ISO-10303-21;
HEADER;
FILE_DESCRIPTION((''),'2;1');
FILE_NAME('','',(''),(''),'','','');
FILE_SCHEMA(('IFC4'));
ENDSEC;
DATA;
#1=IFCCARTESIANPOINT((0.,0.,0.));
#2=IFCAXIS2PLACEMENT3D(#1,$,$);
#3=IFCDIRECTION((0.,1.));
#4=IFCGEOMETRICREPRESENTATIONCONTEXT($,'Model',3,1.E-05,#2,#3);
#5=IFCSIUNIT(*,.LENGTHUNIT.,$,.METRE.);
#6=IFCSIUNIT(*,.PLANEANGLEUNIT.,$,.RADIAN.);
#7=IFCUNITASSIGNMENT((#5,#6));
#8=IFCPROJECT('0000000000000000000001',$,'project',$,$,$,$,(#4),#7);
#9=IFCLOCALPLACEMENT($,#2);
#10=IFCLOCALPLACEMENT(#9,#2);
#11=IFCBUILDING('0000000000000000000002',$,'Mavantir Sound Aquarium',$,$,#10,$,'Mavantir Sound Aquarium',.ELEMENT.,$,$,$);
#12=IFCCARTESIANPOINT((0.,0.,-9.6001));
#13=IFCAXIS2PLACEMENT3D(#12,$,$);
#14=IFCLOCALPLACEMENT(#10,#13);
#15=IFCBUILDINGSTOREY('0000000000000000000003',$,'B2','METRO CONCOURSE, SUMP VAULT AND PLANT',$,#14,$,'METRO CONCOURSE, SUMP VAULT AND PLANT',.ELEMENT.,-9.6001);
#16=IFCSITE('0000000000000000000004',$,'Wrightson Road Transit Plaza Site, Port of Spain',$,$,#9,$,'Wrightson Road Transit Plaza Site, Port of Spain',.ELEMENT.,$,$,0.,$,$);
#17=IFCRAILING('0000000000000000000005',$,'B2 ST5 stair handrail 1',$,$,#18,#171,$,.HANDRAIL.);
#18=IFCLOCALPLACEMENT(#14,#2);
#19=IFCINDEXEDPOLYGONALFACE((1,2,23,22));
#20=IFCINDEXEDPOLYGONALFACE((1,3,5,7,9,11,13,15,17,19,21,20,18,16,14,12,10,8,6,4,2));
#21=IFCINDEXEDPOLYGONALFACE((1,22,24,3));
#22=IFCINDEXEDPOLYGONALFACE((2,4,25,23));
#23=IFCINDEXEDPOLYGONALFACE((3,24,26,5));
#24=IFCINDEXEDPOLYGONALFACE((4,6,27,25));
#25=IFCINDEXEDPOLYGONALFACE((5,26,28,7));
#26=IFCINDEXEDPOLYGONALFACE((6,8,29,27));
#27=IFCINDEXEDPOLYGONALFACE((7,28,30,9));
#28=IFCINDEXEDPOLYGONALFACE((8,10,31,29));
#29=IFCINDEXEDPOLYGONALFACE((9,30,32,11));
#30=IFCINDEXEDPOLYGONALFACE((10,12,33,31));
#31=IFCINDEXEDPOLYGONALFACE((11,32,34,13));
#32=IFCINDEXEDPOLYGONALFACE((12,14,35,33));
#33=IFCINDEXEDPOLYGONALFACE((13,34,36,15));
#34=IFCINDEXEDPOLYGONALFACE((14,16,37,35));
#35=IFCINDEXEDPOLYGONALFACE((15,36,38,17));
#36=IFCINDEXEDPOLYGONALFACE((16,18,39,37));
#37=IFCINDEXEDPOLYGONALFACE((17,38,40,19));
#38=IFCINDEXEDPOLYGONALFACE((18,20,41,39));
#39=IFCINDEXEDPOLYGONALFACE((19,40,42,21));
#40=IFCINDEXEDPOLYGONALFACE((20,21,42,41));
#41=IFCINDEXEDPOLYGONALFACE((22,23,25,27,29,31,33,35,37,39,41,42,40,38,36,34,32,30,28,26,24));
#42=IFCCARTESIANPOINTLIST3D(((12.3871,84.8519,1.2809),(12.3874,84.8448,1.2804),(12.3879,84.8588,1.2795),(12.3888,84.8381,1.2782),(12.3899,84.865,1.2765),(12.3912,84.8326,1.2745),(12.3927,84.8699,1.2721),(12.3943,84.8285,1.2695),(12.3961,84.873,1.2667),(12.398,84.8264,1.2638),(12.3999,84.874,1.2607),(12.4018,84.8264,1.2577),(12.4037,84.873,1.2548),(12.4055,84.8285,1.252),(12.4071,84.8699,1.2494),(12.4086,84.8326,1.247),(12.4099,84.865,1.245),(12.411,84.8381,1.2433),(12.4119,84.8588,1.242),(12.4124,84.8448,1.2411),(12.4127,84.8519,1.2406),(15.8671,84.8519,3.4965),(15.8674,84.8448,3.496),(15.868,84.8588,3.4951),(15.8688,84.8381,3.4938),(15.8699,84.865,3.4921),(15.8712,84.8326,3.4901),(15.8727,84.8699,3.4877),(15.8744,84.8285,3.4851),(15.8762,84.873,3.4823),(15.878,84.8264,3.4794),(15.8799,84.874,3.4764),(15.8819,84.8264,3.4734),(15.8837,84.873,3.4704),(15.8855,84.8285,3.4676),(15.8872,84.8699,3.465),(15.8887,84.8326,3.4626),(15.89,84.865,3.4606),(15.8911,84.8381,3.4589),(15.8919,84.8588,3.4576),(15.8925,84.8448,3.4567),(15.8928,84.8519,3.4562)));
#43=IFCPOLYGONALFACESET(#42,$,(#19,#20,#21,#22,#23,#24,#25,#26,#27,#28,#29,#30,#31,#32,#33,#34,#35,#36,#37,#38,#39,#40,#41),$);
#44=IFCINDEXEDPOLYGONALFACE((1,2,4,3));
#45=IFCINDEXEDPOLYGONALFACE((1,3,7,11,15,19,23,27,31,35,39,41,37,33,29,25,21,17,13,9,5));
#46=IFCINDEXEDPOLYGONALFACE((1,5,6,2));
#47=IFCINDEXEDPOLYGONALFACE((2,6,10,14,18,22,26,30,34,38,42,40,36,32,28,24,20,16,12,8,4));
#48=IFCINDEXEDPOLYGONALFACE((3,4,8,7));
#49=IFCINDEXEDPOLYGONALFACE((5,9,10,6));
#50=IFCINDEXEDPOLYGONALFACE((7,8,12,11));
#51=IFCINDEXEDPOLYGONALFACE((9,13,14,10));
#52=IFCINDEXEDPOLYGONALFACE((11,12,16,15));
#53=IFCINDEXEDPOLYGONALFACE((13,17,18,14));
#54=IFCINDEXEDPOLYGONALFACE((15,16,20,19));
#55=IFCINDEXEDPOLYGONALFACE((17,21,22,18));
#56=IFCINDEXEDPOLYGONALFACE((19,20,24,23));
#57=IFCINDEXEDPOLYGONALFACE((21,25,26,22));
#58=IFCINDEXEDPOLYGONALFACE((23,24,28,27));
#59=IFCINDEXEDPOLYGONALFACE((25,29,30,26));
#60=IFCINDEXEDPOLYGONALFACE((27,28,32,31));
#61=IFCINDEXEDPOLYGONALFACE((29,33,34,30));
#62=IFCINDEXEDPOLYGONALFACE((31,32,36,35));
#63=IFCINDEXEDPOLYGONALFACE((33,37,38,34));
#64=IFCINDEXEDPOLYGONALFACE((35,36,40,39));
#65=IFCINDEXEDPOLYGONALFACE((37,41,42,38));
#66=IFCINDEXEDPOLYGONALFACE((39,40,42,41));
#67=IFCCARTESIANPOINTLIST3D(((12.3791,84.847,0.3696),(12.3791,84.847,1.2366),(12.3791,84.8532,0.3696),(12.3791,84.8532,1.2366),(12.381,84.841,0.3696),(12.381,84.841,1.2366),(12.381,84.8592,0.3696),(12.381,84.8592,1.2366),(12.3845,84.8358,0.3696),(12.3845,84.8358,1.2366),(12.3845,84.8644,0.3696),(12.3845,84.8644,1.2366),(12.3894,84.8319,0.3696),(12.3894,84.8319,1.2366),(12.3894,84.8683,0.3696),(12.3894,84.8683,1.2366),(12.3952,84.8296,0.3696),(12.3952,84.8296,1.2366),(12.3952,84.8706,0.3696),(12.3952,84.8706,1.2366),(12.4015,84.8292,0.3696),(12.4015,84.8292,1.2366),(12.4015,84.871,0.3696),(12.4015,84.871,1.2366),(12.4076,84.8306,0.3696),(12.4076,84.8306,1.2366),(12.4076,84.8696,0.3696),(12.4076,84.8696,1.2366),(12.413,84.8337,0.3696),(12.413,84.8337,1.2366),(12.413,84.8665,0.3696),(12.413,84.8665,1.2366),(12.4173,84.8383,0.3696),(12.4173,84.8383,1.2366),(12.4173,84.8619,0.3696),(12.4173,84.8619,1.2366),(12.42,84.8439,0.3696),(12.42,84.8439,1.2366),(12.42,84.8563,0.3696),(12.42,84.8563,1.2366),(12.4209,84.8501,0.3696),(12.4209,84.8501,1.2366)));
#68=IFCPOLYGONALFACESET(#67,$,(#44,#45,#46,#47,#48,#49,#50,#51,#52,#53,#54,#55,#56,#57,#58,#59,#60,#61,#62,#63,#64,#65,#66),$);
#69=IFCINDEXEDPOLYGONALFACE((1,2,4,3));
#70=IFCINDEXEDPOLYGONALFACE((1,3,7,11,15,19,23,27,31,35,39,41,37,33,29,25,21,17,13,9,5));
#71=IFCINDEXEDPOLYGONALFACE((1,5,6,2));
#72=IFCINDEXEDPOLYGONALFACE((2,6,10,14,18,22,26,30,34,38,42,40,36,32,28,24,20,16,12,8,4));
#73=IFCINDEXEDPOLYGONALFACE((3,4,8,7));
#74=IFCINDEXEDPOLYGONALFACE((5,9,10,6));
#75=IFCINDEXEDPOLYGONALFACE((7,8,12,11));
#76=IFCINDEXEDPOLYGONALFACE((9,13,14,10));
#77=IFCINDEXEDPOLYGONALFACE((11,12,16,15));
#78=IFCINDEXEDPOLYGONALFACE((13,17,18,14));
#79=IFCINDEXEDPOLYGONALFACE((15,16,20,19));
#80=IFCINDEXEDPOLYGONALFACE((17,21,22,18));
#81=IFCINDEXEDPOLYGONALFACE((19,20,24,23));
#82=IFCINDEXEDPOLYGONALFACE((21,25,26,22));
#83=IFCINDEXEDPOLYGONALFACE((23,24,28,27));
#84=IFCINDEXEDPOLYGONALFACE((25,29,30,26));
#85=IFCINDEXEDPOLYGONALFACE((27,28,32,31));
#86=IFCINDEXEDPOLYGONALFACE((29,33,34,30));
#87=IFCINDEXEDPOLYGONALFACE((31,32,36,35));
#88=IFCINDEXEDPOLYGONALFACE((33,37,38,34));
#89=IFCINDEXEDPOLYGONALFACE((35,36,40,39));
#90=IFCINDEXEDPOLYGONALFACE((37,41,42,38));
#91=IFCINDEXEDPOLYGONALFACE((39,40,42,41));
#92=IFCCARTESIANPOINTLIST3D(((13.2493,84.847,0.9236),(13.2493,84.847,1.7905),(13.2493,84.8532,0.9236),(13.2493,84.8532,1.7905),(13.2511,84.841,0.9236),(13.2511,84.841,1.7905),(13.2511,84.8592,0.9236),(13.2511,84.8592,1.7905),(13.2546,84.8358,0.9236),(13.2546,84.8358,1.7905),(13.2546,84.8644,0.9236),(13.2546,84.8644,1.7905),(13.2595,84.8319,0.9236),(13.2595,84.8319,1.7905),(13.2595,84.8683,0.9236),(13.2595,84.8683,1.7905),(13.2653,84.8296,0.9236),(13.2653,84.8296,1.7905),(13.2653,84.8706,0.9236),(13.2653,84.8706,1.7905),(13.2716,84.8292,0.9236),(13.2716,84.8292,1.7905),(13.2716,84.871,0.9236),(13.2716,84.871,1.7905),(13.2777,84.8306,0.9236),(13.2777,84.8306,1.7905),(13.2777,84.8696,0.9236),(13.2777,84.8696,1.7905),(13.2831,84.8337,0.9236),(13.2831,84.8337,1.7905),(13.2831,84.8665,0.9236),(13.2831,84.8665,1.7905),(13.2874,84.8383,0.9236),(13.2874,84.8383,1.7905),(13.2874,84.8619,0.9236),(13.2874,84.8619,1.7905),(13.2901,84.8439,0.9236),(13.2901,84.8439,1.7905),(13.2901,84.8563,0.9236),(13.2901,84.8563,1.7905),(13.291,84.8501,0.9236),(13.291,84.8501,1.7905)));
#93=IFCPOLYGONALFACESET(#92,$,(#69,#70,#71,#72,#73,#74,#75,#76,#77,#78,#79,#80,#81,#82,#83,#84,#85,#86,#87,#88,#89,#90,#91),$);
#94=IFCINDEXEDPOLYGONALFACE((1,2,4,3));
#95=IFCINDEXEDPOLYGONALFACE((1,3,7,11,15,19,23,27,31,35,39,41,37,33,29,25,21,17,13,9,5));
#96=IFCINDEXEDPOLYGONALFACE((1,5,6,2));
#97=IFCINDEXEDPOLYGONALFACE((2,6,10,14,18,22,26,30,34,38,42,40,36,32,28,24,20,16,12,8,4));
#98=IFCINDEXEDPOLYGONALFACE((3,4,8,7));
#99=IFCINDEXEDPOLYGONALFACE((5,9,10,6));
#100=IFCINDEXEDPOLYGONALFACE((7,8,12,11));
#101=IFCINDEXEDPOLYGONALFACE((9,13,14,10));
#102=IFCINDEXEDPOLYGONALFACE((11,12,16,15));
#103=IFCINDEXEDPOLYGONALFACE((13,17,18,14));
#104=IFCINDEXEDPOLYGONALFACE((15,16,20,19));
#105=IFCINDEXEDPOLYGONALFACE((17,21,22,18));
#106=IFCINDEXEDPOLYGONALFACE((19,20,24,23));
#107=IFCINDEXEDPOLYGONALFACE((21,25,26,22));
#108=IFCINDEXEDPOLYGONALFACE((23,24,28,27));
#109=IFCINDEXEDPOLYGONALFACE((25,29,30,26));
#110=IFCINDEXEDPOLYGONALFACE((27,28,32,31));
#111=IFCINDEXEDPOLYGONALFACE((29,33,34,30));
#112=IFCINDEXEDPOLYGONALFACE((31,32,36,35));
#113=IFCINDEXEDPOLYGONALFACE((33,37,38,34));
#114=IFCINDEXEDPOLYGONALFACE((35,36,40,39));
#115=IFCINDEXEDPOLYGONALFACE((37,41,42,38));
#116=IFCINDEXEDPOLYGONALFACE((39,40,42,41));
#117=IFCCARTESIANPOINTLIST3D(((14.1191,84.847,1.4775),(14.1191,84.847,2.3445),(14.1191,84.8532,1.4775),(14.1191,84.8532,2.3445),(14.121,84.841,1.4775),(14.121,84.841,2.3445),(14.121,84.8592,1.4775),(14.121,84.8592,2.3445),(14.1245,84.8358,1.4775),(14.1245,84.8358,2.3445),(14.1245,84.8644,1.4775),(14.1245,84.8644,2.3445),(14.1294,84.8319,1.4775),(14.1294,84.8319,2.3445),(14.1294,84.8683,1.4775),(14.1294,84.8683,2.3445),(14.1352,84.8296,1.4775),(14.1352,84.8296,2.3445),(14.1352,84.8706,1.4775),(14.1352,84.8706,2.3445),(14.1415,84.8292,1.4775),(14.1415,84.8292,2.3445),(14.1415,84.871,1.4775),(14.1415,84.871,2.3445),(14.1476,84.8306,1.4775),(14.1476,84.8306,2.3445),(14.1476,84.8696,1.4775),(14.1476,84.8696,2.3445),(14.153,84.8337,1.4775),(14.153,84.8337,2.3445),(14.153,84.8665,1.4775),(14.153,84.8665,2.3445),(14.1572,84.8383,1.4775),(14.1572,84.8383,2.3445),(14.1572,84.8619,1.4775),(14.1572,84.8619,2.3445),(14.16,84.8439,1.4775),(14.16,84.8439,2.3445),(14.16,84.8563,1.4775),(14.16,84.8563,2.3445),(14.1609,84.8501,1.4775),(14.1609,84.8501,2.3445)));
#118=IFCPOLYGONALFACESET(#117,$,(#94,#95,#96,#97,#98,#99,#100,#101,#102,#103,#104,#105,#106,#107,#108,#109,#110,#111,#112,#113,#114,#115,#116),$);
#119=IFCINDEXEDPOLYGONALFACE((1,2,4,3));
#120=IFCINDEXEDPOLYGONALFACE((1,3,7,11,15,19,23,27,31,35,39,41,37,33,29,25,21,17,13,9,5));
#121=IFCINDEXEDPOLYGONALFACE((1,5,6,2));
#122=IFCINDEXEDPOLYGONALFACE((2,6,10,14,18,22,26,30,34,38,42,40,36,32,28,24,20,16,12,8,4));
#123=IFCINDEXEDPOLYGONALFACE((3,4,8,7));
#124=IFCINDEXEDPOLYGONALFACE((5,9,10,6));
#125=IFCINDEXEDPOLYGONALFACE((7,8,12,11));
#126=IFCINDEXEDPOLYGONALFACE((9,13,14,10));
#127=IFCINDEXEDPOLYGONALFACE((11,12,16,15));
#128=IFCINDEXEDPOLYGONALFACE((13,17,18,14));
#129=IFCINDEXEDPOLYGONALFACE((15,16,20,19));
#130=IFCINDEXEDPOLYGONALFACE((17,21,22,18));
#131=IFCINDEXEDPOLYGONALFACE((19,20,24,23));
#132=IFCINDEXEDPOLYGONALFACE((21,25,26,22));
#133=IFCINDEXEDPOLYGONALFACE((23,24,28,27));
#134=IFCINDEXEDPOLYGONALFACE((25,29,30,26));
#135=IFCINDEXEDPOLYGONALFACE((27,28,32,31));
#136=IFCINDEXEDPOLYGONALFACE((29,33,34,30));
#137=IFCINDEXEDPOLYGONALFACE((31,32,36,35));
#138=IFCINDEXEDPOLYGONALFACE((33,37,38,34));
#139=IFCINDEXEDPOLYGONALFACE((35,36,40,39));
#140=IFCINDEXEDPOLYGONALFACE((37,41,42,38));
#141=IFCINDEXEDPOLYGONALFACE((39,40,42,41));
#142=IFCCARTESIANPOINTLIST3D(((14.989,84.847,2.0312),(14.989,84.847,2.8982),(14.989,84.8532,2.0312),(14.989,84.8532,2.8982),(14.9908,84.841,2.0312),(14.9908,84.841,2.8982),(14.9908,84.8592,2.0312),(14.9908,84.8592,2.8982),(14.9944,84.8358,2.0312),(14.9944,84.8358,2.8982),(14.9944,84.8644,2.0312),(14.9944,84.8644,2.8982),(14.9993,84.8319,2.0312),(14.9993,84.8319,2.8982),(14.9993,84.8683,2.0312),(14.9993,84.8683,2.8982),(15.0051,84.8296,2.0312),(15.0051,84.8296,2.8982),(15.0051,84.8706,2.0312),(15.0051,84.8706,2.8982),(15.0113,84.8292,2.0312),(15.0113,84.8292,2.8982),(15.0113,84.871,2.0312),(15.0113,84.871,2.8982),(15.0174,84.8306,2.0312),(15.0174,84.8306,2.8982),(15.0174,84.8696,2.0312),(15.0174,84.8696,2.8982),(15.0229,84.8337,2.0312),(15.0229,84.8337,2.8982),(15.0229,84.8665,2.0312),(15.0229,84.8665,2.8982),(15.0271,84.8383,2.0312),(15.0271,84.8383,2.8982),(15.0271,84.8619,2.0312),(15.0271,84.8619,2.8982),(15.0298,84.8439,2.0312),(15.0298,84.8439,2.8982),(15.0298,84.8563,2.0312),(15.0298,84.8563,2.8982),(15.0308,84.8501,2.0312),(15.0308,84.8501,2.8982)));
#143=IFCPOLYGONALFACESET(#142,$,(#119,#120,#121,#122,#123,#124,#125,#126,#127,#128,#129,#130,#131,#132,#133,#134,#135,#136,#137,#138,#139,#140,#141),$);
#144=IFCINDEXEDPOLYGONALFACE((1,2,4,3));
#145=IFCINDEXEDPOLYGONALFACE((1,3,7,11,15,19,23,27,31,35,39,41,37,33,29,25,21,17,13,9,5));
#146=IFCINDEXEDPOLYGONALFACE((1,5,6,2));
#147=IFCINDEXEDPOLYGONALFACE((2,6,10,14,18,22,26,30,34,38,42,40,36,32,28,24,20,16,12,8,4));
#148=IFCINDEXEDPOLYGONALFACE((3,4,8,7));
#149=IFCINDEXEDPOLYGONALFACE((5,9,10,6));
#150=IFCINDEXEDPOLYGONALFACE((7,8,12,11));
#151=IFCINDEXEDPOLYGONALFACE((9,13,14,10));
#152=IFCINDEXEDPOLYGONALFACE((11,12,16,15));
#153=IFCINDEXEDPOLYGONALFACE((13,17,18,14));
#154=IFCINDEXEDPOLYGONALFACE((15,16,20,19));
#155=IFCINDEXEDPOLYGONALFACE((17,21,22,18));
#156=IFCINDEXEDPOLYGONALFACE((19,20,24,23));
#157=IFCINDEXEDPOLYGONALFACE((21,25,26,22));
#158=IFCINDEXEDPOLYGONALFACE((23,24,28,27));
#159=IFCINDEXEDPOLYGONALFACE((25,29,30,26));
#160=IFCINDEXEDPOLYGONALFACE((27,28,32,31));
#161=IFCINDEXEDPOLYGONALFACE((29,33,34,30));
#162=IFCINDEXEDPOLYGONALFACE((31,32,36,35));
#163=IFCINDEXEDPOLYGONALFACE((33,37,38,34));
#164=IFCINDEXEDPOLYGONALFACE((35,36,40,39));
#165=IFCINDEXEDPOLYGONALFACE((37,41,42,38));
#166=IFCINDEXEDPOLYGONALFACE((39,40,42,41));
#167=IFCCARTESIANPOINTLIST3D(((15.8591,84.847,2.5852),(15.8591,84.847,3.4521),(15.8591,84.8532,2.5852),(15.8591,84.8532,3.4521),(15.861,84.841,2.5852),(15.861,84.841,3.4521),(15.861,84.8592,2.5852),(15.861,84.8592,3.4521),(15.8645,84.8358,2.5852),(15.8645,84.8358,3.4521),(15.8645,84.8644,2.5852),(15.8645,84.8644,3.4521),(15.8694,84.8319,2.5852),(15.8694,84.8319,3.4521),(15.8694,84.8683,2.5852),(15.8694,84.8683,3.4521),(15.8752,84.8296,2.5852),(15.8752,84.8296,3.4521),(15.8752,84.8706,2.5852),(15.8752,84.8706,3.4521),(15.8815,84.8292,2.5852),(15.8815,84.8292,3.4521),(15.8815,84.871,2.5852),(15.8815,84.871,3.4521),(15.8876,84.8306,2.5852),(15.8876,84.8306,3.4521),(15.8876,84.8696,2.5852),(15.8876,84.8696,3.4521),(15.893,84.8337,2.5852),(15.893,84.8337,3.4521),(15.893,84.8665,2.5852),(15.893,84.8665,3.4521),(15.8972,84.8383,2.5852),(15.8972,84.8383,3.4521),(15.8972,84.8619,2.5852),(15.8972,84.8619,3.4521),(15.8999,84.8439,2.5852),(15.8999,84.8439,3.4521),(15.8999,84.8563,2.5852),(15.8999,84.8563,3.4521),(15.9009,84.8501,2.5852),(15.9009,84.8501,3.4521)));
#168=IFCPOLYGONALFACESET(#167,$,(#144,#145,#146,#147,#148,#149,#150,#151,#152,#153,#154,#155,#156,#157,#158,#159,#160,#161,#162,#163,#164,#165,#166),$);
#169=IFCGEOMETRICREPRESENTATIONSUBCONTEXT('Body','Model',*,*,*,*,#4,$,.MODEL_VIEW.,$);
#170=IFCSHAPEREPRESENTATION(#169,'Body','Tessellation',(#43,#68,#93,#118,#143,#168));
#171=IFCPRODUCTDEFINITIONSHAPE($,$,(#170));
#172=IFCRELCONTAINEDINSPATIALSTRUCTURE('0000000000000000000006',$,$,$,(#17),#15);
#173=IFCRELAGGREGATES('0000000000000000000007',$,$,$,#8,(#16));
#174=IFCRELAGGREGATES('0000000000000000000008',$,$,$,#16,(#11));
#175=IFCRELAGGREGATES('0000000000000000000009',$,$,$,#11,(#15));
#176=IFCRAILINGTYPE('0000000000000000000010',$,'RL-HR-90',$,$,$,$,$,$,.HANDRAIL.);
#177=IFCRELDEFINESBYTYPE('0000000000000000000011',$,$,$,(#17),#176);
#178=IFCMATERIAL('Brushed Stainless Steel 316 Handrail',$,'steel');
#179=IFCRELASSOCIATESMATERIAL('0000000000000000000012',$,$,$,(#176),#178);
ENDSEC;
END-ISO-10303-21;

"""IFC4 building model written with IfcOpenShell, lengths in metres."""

from ifc_helpers import new_model, si_unit, direction, frame, origin, origin_2d, place, context, subcontext, project, spatial, circle, extrude, material, type_object, element, save


model = new_model("IFC4")

# Units and contexts
model_context = context("Model", 3, precision=1e-05, world=origin(), true_north=direction((0.0, 1.0)))
body_context = subcontext(model_context, "Body", "Model", "MODEL_VIEW")
ifc_project = project(units=[si_unit("LENGTHUNIT", "METRE"), si_unit("PLANEANGLEUNIT", "RADIAN")], contexts=[model_context])

# Site, building, storey
site_placement = place(None, origin())
site = spatial("IfcSite", under=ifc_project, at=site_placement, Name="Wrightson Road Transit Plaza Site, Port of Spain", LongName="Wrightson Road Transit Plaza Site, Port of Spain", CompositionType="ELEMENT", RefElevation=0.0)
building_placement = place(site_placement, origin())
building = spatial("IfcBuilding", under=site, at=building_placement, Name="Mavantir Sound Aquarium", LongName="Mavantir Sound Aquarium", CompositionType="ELEMENT")
storey_placement = place(building_placement, frame((0.0, 0.0, -9.6001)))
storey = spatial("IfcBuildingStorey", under=building, at=storey_placement, Name="B2", Description="METRO CONCOURSE, SUMP VAULT AND PLANT", LongName="METRO CONCOURSE, SUMP VAULT AND PLANT", CompositionType="ELEMENT", Elevation=-9.6001)

# Railing
ifc_material_1 = material(Name="Brushed Stainless Steel 316 Handrail", Category="steel")
railing_type_1 = type_object("IfcRailingType", Name="RL-HR-90", PredefinedType="HANDRAIL", material=ifc_material_1)
railing_1_placement = place(storey_placement, frame((12.3999, 84.8501, 0.3696)))
element("IfcRailing", 1, at=railing_1_placement, inside=storey, type_object=railing_type_1, Name="B2 ST5 stair handrail 1", PredefinedType="HANDRAIL", context=body_context, shape_type="SweptSolid", body=[
    extrude(circle(Radius=0.0239, at=origin_2d()), frame((0.0, 0.0, 0.8911), z_axis=(0.843547, 0.0, 0.537055), x_axis=(0.0, 1.0, 0.0)), (0.0, 0.0, 1.0), 4.1255),
    extrude(circle(Radius=0.021, at=origin_2d()), origin(), (0.0, 0.0, 1.0), 0.8669),
    extrude(circle(Radius=0.021, at=origin_2d()), frame((0.8701, 0.0, 0.554)), (0.0, 0.0, 1.0), 0.8669),
    extrude(circle(Radius=0.021, at=origin_2d()), frame((1.74, 0.0, 1.1079)), (0.0, 0.0, 1.0), 0.8669),
    extrude(circle(Radius=0.021, at=origin_2d()), frame((2.6099, 0.0, 1.6616)), (0.0, 0.0, 1.0), 0.8669),
    extrude(circle(Radius=0.021, at=origin_2d()), frame((3.48, 0.0, 2.2156)), (0.0, 0.0, 1.0), 0.8669),
])

save(model, "model.ifc")
